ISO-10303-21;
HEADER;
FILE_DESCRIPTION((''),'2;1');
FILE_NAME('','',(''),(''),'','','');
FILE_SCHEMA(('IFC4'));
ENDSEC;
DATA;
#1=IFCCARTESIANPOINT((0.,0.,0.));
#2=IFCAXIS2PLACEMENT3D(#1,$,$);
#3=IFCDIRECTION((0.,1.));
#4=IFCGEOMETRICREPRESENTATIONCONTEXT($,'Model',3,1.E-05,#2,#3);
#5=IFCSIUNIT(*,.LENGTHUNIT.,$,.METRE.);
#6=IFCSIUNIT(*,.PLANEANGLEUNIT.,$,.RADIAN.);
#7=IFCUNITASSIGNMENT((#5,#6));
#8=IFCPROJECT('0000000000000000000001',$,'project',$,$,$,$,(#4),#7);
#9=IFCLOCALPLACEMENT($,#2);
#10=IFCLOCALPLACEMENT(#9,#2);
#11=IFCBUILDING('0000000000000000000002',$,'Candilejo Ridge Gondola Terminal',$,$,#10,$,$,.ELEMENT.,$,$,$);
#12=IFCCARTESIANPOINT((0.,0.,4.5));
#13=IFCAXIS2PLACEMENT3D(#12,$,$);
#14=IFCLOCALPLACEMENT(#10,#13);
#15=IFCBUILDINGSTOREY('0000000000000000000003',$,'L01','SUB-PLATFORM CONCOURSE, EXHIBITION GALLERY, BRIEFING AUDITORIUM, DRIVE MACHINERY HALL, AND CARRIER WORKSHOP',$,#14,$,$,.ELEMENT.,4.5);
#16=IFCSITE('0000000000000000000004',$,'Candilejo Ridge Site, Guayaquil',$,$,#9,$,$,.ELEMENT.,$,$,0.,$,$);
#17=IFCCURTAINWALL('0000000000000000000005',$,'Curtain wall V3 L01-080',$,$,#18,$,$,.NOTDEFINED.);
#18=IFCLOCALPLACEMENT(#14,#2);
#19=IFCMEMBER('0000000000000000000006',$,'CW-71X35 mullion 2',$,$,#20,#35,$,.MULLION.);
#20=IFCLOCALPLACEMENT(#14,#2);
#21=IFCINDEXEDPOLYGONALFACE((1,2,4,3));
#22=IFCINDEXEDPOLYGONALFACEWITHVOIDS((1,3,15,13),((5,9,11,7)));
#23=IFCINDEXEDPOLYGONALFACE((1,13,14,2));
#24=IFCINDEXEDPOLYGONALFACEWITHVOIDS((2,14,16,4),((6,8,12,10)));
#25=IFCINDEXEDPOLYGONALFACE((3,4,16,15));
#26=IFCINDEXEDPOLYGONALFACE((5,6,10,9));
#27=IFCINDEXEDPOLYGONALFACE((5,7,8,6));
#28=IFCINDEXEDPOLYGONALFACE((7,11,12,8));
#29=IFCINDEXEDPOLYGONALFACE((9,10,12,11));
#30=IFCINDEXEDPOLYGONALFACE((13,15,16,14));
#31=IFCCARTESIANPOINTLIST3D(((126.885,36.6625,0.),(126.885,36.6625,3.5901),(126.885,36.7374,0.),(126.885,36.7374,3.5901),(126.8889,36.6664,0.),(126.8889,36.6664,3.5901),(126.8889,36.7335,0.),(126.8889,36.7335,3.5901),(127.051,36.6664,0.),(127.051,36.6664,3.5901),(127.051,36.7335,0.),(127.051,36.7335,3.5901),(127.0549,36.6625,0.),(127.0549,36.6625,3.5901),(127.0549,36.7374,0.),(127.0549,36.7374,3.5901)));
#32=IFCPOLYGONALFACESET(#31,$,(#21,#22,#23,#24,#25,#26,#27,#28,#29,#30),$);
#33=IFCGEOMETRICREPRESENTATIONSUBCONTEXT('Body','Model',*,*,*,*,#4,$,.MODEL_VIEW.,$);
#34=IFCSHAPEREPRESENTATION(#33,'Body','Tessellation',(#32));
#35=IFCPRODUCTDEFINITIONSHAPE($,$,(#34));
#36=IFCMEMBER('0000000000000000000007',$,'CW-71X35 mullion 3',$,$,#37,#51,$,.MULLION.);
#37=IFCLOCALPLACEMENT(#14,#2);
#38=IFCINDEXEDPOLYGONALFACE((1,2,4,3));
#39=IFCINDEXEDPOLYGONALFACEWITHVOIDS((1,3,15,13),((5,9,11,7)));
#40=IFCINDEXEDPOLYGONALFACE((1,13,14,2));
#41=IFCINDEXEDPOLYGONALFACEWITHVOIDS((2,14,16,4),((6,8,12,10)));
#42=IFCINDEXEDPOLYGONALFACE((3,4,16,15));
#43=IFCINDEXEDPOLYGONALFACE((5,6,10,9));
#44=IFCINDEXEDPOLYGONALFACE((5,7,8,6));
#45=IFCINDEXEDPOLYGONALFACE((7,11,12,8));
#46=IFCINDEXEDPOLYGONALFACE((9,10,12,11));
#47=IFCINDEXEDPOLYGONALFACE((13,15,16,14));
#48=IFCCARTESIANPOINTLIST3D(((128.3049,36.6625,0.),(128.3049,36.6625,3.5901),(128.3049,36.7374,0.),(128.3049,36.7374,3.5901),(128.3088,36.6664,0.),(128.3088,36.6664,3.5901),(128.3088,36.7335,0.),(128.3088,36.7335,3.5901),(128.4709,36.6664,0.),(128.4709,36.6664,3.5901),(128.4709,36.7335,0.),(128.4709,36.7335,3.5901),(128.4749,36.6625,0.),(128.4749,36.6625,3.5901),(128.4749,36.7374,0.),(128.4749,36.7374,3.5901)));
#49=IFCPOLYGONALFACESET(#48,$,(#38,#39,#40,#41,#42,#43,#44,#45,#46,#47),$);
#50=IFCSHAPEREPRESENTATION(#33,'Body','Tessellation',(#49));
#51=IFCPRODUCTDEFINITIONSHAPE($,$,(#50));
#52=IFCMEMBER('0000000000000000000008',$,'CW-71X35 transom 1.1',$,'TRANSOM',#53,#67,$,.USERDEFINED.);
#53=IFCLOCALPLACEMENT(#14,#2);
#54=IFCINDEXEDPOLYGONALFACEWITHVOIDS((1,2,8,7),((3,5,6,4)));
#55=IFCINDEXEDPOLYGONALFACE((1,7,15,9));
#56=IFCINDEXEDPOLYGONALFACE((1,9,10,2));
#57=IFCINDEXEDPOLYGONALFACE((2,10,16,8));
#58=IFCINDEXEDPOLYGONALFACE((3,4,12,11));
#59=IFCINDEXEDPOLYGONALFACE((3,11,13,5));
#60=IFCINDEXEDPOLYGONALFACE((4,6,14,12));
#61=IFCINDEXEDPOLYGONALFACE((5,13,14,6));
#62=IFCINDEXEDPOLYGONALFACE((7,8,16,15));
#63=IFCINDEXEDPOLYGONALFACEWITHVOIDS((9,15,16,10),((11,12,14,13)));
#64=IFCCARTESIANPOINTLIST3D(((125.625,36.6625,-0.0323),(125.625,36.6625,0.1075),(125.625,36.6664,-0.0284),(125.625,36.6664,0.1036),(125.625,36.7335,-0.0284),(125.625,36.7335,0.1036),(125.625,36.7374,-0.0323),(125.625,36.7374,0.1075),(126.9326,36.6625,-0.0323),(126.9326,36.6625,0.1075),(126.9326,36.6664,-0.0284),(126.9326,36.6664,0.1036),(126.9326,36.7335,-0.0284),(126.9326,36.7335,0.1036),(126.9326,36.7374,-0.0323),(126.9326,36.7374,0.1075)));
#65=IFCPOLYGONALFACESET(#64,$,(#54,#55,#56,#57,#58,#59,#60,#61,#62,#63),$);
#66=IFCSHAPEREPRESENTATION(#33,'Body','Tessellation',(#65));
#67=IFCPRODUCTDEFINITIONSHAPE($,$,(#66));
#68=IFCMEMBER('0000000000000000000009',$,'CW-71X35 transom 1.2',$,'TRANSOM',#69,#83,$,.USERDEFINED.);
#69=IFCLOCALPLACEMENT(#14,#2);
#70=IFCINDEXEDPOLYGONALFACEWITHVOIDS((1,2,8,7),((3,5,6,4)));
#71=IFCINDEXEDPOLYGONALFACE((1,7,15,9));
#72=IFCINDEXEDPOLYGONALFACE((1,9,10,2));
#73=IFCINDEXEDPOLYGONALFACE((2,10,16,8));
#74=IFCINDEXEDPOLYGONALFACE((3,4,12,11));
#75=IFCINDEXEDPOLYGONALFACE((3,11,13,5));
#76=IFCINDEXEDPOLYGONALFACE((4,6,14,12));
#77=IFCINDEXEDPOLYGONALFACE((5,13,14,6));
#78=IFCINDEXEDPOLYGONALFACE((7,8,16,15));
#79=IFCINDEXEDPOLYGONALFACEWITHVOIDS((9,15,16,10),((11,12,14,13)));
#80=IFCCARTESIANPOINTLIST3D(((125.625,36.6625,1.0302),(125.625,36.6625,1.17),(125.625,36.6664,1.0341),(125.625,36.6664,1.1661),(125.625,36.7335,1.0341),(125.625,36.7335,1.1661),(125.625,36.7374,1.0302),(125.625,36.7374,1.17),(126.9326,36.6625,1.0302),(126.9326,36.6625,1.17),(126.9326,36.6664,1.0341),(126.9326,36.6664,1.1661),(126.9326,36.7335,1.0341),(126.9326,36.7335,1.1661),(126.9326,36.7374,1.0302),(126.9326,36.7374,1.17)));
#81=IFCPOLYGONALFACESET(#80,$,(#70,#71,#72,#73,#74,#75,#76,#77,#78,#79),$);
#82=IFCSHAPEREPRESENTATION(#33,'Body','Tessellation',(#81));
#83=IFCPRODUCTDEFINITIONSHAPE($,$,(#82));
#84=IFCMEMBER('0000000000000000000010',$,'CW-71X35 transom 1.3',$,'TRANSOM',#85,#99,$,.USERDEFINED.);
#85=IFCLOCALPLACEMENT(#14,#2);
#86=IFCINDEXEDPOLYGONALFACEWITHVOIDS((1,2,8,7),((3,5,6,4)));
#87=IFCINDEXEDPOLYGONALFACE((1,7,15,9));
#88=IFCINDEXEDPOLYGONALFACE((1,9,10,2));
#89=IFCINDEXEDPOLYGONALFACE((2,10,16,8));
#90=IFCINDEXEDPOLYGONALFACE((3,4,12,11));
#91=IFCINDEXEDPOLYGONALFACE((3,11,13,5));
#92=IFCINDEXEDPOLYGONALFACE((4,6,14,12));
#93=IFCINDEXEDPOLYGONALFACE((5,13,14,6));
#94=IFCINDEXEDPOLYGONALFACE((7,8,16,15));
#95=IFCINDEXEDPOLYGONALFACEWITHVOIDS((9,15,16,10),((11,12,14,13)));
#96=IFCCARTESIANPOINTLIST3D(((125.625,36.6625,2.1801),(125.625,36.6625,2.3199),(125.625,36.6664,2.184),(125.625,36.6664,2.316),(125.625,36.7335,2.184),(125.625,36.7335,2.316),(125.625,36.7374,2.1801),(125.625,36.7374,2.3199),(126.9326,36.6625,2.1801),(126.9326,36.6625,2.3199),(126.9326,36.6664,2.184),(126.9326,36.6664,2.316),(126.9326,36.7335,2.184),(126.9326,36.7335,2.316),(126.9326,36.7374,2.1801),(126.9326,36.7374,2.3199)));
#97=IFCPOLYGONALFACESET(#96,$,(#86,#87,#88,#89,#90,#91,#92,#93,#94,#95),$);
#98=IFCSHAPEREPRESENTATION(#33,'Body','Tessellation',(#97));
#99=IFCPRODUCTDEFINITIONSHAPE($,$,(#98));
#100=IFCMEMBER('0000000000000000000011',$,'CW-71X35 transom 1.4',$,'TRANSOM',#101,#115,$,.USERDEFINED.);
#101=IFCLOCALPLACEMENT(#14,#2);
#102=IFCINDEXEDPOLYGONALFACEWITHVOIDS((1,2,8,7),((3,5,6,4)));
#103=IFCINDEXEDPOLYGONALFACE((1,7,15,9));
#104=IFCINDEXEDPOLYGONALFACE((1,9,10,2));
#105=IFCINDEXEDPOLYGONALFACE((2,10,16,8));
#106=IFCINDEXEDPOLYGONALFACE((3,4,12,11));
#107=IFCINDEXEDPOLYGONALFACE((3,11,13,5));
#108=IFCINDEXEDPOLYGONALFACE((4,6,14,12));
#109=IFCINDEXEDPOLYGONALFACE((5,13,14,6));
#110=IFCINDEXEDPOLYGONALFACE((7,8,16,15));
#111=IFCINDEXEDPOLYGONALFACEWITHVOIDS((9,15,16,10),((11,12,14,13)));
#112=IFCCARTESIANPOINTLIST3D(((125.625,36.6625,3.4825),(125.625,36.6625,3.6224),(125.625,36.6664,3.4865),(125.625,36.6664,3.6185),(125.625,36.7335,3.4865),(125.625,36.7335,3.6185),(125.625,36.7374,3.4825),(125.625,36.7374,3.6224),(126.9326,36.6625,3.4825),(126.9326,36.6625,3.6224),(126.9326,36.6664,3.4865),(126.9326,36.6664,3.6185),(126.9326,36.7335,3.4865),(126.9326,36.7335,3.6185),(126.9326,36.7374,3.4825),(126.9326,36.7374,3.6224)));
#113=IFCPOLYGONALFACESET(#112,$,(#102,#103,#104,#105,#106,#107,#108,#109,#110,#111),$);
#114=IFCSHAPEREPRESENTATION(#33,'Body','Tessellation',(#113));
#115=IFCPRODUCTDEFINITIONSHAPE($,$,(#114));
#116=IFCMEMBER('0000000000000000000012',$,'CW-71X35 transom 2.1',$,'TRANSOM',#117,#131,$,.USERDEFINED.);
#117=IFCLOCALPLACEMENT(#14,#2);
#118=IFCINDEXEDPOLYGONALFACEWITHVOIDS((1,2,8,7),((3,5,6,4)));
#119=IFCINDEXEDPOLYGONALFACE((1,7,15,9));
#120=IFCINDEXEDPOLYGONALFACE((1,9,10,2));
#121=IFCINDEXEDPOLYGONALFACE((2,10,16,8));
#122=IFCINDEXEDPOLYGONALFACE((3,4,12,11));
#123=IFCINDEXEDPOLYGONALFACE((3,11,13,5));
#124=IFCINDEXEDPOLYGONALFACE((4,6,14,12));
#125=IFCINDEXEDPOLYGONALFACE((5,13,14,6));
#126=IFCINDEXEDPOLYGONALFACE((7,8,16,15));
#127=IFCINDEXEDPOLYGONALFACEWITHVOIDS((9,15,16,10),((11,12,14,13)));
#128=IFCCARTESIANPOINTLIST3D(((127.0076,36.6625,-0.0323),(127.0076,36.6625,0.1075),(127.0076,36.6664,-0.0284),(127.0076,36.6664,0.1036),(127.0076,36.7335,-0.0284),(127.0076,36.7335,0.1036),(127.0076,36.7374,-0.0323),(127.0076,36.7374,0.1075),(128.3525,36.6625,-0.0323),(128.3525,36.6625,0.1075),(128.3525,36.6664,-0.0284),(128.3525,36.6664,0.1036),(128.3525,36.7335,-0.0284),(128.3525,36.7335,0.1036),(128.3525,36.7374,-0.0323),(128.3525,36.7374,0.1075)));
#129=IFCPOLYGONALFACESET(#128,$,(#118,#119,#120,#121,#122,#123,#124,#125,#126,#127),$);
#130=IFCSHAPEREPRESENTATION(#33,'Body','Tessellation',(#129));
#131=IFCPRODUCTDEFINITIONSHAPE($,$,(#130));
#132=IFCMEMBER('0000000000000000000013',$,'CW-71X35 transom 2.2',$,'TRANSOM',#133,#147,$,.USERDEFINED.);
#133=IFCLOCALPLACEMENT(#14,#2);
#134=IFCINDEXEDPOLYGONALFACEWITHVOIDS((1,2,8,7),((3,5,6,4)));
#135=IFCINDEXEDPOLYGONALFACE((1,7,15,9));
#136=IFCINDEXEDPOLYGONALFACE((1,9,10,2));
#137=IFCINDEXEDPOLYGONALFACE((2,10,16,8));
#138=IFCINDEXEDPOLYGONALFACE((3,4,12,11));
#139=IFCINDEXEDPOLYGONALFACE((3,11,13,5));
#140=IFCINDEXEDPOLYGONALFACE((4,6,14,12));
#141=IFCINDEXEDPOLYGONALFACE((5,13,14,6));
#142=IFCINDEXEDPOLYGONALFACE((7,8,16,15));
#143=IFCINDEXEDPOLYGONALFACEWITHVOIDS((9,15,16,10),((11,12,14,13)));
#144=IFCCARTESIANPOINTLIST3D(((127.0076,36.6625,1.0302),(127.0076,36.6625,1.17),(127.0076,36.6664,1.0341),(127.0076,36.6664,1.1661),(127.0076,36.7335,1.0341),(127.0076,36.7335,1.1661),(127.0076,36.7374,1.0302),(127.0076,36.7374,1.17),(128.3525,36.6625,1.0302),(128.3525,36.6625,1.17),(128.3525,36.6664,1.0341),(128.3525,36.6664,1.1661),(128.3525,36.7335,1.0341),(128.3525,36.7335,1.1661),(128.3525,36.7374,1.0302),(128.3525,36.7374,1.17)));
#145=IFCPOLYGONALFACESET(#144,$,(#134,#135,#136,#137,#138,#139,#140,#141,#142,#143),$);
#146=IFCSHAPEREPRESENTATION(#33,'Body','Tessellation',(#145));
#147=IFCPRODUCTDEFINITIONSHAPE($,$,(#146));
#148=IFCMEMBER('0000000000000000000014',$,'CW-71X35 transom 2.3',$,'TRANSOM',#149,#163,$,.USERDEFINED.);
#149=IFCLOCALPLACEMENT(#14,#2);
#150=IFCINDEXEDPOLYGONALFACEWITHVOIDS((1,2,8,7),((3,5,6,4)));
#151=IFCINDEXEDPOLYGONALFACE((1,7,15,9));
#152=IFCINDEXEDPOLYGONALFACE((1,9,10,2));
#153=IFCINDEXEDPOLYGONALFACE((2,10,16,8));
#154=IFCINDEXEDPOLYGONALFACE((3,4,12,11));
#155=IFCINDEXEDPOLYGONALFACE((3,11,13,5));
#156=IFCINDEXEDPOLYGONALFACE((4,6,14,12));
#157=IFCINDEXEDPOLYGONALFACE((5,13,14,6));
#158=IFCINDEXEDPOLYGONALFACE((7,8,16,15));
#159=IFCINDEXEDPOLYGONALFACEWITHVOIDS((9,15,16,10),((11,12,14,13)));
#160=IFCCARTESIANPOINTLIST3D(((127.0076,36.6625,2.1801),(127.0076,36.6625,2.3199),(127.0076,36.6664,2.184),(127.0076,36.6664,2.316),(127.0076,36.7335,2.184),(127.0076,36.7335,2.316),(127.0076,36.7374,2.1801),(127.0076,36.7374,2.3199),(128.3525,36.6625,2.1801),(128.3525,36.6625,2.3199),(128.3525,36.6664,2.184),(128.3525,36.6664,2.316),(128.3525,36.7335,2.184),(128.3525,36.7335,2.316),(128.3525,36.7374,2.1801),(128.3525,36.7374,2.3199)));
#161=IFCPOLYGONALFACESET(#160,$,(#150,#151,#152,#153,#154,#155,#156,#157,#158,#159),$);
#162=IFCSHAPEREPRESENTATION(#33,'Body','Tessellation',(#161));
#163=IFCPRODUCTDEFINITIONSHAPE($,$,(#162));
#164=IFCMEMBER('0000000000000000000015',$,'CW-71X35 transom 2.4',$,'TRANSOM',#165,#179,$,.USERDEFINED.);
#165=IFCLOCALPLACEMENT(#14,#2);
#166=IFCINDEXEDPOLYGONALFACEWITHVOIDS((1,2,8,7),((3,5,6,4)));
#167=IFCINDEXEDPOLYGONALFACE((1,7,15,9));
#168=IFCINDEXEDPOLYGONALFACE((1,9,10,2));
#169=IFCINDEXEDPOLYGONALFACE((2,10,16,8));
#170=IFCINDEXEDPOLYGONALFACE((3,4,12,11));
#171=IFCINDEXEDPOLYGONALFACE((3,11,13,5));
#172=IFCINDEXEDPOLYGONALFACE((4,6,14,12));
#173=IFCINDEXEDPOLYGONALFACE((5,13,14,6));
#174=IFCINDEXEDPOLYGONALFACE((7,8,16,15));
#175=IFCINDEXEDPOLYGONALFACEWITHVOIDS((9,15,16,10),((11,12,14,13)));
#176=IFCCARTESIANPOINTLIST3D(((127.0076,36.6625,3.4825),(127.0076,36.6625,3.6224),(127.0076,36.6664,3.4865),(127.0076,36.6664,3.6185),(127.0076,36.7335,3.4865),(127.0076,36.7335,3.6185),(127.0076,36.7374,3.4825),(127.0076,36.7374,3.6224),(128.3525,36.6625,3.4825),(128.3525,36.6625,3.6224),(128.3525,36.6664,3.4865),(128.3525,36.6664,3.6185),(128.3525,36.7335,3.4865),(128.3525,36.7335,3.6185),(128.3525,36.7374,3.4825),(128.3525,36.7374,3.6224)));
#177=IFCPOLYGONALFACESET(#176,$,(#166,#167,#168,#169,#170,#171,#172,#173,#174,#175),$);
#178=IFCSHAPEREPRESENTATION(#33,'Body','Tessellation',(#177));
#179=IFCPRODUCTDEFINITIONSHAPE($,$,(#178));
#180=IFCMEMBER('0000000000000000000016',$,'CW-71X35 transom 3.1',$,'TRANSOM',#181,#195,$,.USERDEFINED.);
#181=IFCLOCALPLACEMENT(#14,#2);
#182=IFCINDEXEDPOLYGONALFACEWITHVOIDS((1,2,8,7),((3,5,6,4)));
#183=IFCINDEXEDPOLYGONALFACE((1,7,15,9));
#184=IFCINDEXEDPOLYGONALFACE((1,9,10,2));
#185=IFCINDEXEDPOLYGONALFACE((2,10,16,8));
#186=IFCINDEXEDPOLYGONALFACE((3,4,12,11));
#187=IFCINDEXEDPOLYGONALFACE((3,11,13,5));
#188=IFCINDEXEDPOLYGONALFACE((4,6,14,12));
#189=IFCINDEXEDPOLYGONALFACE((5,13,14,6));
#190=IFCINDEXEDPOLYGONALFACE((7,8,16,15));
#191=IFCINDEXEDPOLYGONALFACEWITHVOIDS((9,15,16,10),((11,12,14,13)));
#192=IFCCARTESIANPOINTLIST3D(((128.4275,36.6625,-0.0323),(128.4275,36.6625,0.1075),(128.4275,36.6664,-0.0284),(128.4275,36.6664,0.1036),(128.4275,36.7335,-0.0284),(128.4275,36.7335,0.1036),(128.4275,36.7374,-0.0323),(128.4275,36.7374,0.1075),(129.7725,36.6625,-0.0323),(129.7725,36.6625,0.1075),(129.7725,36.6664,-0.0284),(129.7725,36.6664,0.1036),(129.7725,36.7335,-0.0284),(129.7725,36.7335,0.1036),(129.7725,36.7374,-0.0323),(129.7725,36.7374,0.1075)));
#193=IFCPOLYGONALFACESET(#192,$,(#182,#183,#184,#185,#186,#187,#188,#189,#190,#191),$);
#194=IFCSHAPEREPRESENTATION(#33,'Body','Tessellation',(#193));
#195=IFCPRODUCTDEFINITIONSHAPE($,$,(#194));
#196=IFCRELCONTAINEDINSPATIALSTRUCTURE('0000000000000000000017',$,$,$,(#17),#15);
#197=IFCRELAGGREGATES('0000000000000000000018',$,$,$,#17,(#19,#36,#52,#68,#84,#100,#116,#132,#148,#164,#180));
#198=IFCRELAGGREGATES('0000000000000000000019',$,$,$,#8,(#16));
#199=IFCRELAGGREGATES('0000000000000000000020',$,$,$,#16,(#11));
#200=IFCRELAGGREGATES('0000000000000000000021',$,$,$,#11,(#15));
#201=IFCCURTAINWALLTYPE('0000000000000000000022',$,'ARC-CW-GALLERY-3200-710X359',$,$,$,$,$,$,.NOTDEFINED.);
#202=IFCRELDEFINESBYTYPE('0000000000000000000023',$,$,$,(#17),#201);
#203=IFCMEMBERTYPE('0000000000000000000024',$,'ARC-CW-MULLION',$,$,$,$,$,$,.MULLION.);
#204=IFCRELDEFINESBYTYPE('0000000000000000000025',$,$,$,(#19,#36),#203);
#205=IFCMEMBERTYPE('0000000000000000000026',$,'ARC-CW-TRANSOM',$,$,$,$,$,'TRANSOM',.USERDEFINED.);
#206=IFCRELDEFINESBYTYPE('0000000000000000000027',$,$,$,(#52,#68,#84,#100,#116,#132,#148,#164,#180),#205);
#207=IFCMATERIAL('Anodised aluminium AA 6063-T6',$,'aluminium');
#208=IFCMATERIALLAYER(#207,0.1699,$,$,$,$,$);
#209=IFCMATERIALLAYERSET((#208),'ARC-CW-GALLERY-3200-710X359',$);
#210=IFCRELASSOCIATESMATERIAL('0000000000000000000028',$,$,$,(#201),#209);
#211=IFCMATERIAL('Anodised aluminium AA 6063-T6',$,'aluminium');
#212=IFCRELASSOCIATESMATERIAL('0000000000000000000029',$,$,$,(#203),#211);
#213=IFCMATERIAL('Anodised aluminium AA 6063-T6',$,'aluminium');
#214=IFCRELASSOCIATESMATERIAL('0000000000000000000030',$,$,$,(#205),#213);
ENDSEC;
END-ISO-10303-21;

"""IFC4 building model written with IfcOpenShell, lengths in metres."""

from ifc_helpers import new_model, si_unit, direction, frame, origin, origin_2d, place, context, subcontext, project, spatial, hollow_rectangle, extrude, material, layer, layer_set, material_profile, profile_set, type_object, element, aggregate, save


model = new_model("IFC4")

# Units and contexts
model_context = context("Model", 3, precision=1e-05, world=origin(), true_north=direction((0.0, 1.0)))
body_context = subcontext(model_context, "Body", "Model", "MODEL_VIEW")
ifc_project = project(units=[si_unit("LENGTHUNIT", "METRE"), si_unit("PLANEANGLEUNIT", "RADIAN")], contexts=[model_context])

# Site, building, storey
site_placement = place(None, origin())
site = spatial("IfcSite", under=ifc_project, at=site_placement, Name="Candilejo Ridge Site, Guayaquil", CompositionType="ELEMENT", RefElevation=0.0)
building_placement = place(site_placement, origin())
building = spatial("IfcBuilding", under=site, at=building_placement, Name="Candilejo Ridge Gondola Terminal", CompositionType="ELEMENT")
storey_placement = place(building_placement, frame((0.0, 0.0, 4.5)))
storey = spatial("IfcBuildingStorey", under=building, at=storey_placement, Name="L01", Description="SUB-PLATFORM CONCOURSE, EXHIBITION GALLERY, BRIEFING AUDITORIUM, DRIVE MACHINERY HALL, AND CARRIER WORKSHOP", CompositionType="ELEMENT", Elevation=4.5)

# Curtain wall, members
ifc_material_1 = material(Name="Anodised aluminium AA 6063-T6", Category="aluminium")
ifc_layer_1 = layer(ifc_material_1, 0.1699)
ifc_layer_set_1 = layer_set([ifc_layer_1], Name="ARC-CW-GALLERY-3200-710X359")
curtain_wall_type = type_object("IfcCurtainWallType", Name="ARC-CW-GALLERY-3200-710X359", PredefinedType="NOTDEFINED", material=ifc_layer_set_1)
curtain_wall_placement = place(storey_placement, origin())
curtain_wall = element("IfcCurtainWall", 1, at=curtain_wall_placement, inside=storey, type_object=curtain_wall_type, Name="Curtain wall V3 L01-080", PredefinedType="NOTDEFINED")
ifc_material_2 = material(Name="Anodised aluminium AA 6063-T6", Category="aluminium")
ifc_material_profile_1 = material_profile(ifc_material_2, hollow_rectangle(XDim=0.075, YDim=0.1699, WallThickness=0.0039, at=origin_2d()))
ifc_profile_set_1 = profile_set([ifc_material_profile_1], Name="Anodised aluminium AA 6063-T6")
member_type_1 = type_object("IfcMemberType", Name="ARC-CW-MULLION", PredefinedType="MULLION", material=ifc_profile_set_1)
member_1_placement = place(storey_placement, frame((126.97, 36.7, 0.0), z_axis=(0.0, 0.0, 1.0), x_axis=(0.0, 1.0, 0.0)))
member_1 = element("IfcMember", 2, at=member_1_placement, type_object=member_type_1, Name="CW-71X35 mullion 2", PredefinedType="MULLION", context=body_context, shape_type="SweptSolid", body=[
    extrude(hollow_rectangle(XDim=0.075, YDim=0.1699, WallThickness=0.0039, at=origin_2d()), origin(), (0.0, 0.0, 1.0), 3.5901),
])
member_2_placement = place(storey_placement, frame((128.3899, 36.7, 0.0), z_axis=(0.0, 0.0, 1.0), x_axis=(0.0, 1.0, 0.0)))
member_2 = element("IfcMember", 3, at=member_2_placement, type_object=member_type_1, Name="CW-71X35 mullion 3", PredefinedType="MULLION", context=body_context, shape_type="SweptSolid", body=[
    extrude(hollow_rectangle(XDim=0.075, YDim=0.1699, WallThickness=0.0039, at=origin_2d()), origin(), (0.0, 0.0, 1.0), 3.5901),
])
ifc_material_3 = material(Name="Anodised aluminium AA 6063-T6", Category="aluminium")
ifc_material_profile_2 = material_profile(ifc_material_3, hollow_rectangle(XDim=0.075, YDim=0.1399, WallThickness=0.0039, at=origin_2d()))
ifc_profile_set_2 = profile_set([ifc_material_profile_2], Name="Anodised aluminium AA 6063-T6")
member_type_2 = type_object("IfcMemberType", Name="ARC-CW-TRANSOM", ElementType="TRANSOM", PredefinedType="USERDEFINED", material=ifc_profile_set_2)
member_3_placement = place(storey_placement, frame((125.625, 36.7, 0.0376), z_axis=(1.0, 0.0, 0.0), x_axis=(0.0, 1.0, 0.0)))
member_3 = element("IfcMember", 4, at=member_3_placement, type_object=member_type_2, Name="CW-71X35 transom 1.1", ObjectType="TRANSOM", PredefinedType="USERDEFINED", context=body_context, shape_type="SweptSolid", body=[
    extrude(hollow_rectangle(XDim=0.075, YDim=0.1399, WallThickness=0.0039, at=origin_2d()), origin(), (0.0, 0.0, 1.0), 1.3076),
])
member_4_placement = place(storey_placement, frame((125.625, 36.7, 1.1001), z_axis=(1.0, 0.0, 0.0), x_axis=(0.0, 1.0, 0.0)))
member_4 = element("IfcMember", 5, at=member_4_placement, type_object=member_type_2, Name="CW-71X35 transom 1.2", ObjectType="TRANSOM", PredefinedType="USERDEFINED", context=body_context, shape_type="SweptSolid", body=[
    extrude(hollow_rectangle(XDim=0.075, YDim=0.1399, WallThickness=0.0039, at=origin_2d()), origin(), (0.0, 0.0, 1.0), 1.3076),
])
member_5_placement = place(storey_placement, frame((125.625, 36.7, 2.25), z_axis=(1.0, 0.0, 0.0), x_axis=(0.0, 1.0, 0.0)))
member_5 = element("IfcMember", 6, at=member_5_placement, type_object=member_type_2, Name="CW-71X35 transom 1.3", ObjectType="TRANSOM", PredefinedType="USERDEFINED", context=body_context, shape_type="SweptSolid", body=[
    extrude(hollow_rectangle(XDim=0.075, YDim=0.1399, WallThickness=0.0039, at=origin_2d()), origin(), (0.0, 0.0, 1.0), 1.3076),
])
member_6_placement = place(storey_placement, frame((125.625, 36.7, 3.5525), z_axis=(1.0, 0.0, 0.0), x_axis=(0.0, 1.0, 0.0)))
member_6 = element("IfcMember", 7, at=member_6_placement, type_object=member_type_2, Name="CW-71X35 transom 1.4", ObjectType="TRANSOM", PredefinedType="USERDEFINED", context=body_context, shape_type="SweptSolid", body=[
    extrude(hollow_rectangle(XDim=0.075, YDim=0.1399, WallThickness=0.0039, at=origin_2d()), origin(), (0.0, 0.0, 1.0), 1.3076),
])
member_7_placement = place(storey_placement, frame((127.0076, 36.7, 0.0376), z_axis=(1.0, 0.0, 0.0), x_axis=(0.0, 1.0, 0.0)))
member_7 = element("IfcMember", 8, at=member_7_placement, type_object=member_type_2, Name="CW-71X35 transom 2.1", ObjectType="TRANSOM", PredefinedType="USERDEFINED", context=body_context, shape_type="SweptSolid", body=[
    extrude(hollow_rectangle(XDim=0.075, YDim=0.1399, WallThickness=0.0039, at=origin_2d()), origin(), (0.0, 0.0, 1.0), 1.345),
])
member_8_placement = place(storey_placement, frame((127.0076, 36.7, 1.1001), z_axis=(1.0, 0.0, 0.0), x_axis=(0.0, 1.0, 0.0)))
member_8 = element("IfcMember", 9, at=member_8_placement, type_object=member_type_2, Name="CW-71X35 transom 2.2", ObjectType="TRANSOM", PredefinedType="USERDEFINED", context=body_context, shape_type="SweptSolid", body=[
    extrude(hollow_rectangle(XDim=0.075, YDim=0.1399, WallThickness=0.0039, at=origin_2d()), origin(), (0.0, 0.0, 1.0), 1.345),
])
member_9_placement = place(storey_placement, frame((127.0076, 36.7, 2.25), z_axis=(1.0, 0.0, 0.0), x_axis=(0.0, 1.0, 0.0)))
member_9 = element("IfcMember", 10, at=member_9_placement, type_object=member_type_2, Name="CW-71X35 transom 2.3", ObjectType="TRANSOM", PredefinedType="USERDEFINED", context=body_context, shape_type="SweptSolid", body=[
    extrude(hollow_rectangle(XDim=0.075, YDim=0.1399, WallThickness=0.0039, at=origin_2d()), origin(), (0.0, 0.0, 1.0), 1.345),
])
member_10_placement = place(storey_placement, frame((127.0076, 36.7, 3.5525), z_axis=(1.0, 0.0, 0.0), x_axis=(0.0, 1.0, 0.0)))
member_10 = element("IfcMember", 11, at=member_10_placement, type_object=member_type_2, Name="CW-71X35 transom 2.4", ObjectType="TRANSOM", PredefinedType="USERDEFINED", context=body_context, shape_type="SweptSolid", body=[
    extrude(hollow_rectangle(XDim=0.075, YDim=0.1399, WallThickness=0.0039, at=origin_2d()), origin(), (0.0, 0.0, 1.0), 1.345),
])
member_11_placement = place(storey_placement, frame((128.4275, 36.7, 0.0376), z_axis=(1.0, 0.0, 0.0), x_axis=(0.0, 1.0, 0.0)))
member_11 = element("IfcMember", 12, at=member_11_placement, type_object=member_type_2, Name="CW-71X35 transom 3.1", ObjectType="TRANSOM", PredefinedType="USERDEFINED", context=body_context, shape_type="SweptSolid", body=[
    extrude(hollow_rectangle(XDim=0.075, YDim=0.1399, WallThickness=0.0039, at=origin_2d()), origin(), (0.0, 0.0, 1.0), 1.345),
])
aggregate(curtain_wall, [member_1, member_2, member_3, member_4, member_5, member_6, member_7, member_8, member_9, member_10, member_11])

save(model, "model.ifc")
